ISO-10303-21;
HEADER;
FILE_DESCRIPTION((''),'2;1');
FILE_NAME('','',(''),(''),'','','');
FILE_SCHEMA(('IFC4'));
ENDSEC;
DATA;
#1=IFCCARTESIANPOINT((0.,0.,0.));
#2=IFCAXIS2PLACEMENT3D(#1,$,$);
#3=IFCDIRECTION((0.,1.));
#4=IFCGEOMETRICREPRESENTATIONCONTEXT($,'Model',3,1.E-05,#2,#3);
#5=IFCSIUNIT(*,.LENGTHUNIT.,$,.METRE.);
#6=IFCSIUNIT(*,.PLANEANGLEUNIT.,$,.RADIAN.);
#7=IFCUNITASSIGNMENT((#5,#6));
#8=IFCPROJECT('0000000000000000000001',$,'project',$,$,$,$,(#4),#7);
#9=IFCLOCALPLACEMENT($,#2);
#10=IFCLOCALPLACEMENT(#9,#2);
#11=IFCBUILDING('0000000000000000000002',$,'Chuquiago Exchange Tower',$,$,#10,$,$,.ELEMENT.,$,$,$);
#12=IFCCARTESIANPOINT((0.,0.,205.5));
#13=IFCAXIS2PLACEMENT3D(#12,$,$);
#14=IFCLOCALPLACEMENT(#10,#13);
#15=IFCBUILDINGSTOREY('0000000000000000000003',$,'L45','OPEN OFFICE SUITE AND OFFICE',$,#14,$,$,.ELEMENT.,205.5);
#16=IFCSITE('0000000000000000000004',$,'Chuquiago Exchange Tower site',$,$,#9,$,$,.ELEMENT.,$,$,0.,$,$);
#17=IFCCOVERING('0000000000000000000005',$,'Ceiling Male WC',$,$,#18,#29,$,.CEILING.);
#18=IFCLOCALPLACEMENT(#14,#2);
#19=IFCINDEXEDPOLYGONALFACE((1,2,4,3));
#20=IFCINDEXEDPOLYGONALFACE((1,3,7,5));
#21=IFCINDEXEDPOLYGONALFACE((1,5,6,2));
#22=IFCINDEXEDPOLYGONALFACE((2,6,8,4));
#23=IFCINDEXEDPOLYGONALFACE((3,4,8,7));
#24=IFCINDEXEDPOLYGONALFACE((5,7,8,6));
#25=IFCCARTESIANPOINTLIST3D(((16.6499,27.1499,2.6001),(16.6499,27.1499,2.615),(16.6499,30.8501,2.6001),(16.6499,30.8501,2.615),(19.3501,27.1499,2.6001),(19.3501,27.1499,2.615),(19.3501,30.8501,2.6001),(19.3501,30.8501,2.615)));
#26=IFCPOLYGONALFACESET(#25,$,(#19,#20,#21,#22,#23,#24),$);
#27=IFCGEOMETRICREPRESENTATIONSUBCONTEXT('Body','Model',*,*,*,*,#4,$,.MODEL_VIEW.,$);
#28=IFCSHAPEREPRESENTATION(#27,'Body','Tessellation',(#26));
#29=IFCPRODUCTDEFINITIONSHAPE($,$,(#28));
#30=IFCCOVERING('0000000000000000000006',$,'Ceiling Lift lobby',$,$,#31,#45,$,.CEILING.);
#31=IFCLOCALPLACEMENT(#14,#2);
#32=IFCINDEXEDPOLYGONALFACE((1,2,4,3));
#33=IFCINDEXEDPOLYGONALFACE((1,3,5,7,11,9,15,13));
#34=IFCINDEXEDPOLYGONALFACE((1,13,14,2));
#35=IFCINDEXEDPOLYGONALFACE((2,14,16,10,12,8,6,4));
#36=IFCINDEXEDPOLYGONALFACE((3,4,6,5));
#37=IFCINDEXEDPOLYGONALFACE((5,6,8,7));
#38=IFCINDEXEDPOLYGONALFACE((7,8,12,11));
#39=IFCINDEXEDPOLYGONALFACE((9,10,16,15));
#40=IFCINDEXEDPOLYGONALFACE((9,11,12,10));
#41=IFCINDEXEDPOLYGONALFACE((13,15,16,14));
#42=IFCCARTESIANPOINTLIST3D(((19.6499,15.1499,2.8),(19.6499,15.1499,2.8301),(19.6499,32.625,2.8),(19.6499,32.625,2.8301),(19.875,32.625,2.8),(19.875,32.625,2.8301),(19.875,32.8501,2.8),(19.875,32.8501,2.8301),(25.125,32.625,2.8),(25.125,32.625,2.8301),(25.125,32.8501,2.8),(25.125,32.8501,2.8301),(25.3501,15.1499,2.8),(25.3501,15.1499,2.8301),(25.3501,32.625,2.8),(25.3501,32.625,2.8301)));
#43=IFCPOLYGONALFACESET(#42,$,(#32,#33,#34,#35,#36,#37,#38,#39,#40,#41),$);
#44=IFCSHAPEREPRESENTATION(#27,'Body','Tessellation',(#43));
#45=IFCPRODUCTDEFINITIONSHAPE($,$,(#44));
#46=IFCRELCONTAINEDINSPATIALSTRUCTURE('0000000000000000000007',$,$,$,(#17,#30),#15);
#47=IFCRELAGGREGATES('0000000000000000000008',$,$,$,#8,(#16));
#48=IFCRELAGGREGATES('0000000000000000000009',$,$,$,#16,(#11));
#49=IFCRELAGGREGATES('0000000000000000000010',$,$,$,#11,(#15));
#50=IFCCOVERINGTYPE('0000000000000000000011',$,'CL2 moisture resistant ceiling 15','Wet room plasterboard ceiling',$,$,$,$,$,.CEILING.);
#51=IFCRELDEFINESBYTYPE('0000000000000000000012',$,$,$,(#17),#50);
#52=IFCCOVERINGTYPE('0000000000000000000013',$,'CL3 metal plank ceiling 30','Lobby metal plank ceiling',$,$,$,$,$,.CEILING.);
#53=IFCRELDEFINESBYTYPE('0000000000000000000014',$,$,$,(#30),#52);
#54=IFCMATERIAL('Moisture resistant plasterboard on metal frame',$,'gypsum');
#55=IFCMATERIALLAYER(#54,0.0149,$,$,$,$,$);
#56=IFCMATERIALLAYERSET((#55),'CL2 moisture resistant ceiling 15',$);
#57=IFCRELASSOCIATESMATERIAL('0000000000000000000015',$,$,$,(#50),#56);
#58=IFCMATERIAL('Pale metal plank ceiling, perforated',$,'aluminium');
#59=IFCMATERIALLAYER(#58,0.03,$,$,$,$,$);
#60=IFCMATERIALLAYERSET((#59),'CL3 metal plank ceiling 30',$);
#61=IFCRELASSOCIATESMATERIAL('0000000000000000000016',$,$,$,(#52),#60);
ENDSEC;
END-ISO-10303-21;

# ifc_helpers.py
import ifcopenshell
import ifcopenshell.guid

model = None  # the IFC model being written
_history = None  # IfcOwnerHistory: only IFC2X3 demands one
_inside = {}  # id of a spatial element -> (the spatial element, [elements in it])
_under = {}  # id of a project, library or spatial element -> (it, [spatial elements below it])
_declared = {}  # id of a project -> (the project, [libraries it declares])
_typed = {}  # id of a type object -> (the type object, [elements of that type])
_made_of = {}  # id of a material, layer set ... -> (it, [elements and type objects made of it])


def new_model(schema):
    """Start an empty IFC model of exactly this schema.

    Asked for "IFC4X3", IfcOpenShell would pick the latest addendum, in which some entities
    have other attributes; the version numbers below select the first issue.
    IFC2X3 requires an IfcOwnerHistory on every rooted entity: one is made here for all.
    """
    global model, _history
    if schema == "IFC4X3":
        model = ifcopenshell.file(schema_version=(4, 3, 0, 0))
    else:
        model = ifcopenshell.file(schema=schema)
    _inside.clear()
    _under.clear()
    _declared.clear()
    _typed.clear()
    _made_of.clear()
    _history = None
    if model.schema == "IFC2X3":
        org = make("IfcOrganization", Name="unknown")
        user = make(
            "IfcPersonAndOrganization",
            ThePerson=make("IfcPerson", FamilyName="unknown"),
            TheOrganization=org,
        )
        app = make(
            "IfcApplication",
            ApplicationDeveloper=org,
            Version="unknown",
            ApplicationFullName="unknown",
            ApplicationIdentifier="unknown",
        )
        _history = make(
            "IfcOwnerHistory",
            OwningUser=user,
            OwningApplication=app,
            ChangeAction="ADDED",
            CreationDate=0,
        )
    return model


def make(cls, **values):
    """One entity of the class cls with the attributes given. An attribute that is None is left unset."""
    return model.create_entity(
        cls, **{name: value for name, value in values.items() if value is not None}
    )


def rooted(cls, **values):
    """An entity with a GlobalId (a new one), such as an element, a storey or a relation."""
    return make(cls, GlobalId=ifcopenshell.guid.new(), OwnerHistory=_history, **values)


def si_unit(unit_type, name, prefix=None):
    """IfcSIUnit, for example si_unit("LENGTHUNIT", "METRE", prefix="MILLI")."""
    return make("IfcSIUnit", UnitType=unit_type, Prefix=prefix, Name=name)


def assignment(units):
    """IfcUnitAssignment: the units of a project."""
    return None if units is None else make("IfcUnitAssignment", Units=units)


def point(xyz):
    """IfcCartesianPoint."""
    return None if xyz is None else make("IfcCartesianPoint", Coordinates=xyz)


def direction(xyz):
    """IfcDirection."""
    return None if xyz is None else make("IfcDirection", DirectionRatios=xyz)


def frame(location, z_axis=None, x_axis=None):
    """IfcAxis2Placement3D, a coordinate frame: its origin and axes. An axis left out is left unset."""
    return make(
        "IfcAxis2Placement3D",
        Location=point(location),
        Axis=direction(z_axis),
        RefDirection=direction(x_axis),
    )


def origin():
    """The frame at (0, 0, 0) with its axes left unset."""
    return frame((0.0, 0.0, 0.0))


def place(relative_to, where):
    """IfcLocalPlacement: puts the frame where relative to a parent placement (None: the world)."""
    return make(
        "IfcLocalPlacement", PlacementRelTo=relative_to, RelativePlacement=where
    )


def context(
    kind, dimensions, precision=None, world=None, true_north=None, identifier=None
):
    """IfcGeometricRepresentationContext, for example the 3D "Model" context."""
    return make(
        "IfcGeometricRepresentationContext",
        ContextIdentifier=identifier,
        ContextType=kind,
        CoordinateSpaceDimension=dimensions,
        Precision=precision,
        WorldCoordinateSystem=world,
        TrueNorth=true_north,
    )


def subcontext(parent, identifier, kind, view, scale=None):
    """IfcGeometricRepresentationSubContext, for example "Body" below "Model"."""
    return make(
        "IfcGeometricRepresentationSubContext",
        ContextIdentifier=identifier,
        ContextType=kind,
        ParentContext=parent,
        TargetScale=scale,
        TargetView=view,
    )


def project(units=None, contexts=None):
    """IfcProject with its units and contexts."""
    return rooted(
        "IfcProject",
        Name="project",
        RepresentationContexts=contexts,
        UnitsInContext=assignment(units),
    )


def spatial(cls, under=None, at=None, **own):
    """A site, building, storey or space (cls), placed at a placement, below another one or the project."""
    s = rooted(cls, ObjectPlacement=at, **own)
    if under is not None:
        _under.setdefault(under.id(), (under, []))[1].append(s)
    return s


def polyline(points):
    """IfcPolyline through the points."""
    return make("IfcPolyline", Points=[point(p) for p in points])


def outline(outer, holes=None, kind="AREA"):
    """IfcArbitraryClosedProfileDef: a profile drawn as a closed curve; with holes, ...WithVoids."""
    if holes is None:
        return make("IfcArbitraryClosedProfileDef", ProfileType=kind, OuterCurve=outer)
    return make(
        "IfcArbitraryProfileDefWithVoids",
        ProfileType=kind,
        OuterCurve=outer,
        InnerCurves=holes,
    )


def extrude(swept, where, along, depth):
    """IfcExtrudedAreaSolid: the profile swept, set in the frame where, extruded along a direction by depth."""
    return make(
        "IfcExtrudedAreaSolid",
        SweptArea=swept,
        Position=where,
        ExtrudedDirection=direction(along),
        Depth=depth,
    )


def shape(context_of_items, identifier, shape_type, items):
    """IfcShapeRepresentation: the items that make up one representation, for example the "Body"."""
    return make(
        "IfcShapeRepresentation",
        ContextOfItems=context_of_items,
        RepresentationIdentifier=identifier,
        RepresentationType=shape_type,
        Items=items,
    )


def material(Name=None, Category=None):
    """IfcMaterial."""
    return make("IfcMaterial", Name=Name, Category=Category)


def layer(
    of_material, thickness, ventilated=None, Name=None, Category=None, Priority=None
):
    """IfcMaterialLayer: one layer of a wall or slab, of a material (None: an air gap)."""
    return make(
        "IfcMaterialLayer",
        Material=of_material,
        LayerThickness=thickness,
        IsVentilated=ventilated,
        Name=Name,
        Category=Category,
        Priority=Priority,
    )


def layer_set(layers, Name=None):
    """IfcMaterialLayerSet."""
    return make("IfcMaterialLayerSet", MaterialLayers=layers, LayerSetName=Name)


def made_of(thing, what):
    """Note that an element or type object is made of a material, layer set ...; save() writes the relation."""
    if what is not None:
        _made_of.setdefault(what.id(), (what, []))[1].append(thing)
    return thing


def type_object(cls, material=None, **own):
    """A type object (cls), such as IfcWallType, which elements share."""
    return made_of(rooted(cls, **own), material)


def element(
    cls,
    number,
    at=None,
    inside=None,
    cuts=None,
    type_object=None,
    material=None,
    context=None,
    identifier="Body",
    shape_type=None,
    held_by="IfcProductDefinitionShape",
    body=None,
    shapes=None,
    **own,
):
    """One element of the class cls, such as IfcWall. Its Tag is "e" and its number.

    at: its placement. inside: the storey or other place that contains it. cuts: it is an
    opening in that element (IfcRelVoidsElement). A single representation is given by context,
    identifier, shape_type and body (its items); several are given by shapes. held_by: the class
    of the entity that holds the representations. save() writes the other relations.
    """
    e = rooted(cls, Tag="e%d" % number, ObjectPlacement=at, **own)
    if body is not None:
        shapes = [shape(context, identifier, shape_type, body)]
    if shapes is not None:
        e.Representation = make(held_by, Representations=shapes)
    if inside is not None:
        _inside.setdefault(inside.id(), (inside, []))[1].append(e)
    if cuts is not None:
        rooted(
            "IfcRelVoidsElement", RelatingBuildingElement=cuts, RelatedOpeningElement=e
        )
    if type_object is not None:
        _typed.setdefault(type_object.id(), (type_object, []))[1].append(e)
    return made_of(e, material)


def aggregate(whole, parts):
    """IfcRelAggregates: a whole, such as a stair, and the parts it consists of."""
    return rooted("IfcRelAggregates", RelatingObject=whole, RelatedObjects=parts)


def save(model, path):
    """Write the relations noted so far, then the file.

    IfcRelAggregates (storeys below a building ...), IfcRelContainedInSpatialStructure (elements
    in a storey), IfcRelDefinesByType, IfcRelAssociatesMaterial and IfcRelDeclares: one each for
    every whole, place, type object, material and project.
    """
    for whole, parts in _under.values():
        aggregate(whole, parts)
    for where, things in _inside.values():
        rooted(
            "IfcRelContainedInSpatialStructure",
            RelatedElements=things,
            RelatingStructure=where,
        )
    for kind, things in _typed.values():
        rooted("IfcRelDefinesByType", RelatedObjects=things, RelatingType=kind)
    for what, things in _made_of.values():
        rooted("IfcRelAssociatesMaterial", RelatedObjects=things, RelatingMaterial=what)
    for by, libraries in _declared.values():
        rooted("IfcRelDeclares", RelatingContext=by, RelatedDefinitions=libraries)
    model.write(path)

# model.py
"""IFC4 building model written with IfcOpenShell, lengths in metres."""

from ifc_helpers import new_model, si_unit, direction, frame, origin, place, context, subcontext, project, spatial, polyline, outline, extrude, material, layer, layer_set, type_object, element, save


model = new_model("IFC4")

# Units and contexts
model_context = context("Model", 3, precision=1e-05, world=origin(), true_north=direction((0.0, 1.0)))
body_context = subcontext(model_context, "Body", "Model", "MODEL_VIEW")
ifc_project = project(units=[si_unit("LENGTHUNIT", "METRE"), si_unit("PLANEANGLEUNIT", "RADIAN")], contexts=[model_context])

# Site, building, storey
site_placement = place(None, origin())
site = spatial("IfcSite", under=ifc_project, at=site_placement, Name="Chuquiago Exchange Tower site", CompositionType="ELEMENT", RefElevation=0.0)
building_placement = place(site_placement, origin())
building = spatial("IfcBuilding", under=site, at=building_placement, Name="Chuquiago Exchange Tower", CompositionType="ELEMENT")
storey_placement = place(building_placement, frame((0.0, 0.0, 205.5)))
storey = spatial("IfcBuildingStorey", under=building, at=storey_placement, Name="L45", Description="OPEN OFFICE SUITE AND OFFICE", CompositionType="ELEMENT", Elevation=205.5)

# Coverings
ifc_material_1 = material(Name="Moisture resistant plasterboard on metal frame", Category="gypsum")
ifc_layer_1 = layer(ifc_material_1, 0.0149)
ifc_layer_set_1 = layer_set([ifc_layer_1], Name="CL2 moisture resistant ceiling 15")
covering_type_1 = type_object("IfcCoveringType", Name="CL2 moisture resistant ceiling 15", Description="Wet room plasterboard ceiling", PredefinedType="CEILING", material=ifc_layer_set_1)
covering_1_placement = place(storey_placement, frame((0.0, 0.0, 2.6001)))
element("IfcCovering", 1, at=covering_1_placement, inside=storey, type_object=covering_type_1, Name="Ceiling Male WC", PredefinedType="CEILING", context=body_context, shape_type="SweptSolid", body=[
    extrude(outline(polyline([(16.6499, 27.1499), (16.6499, 30.8501), (19.3501, 30.8501), (19.3501, 27.1499), (16.6499, 27.1499)])), origin(), (0.0, 0.0, 1.0), 0.0149),
])
ifc_material_2 = material(Name="Pale metal plank ceiling, perforated", Category="aluminium")
ifc_layer_2 = layer(ifc_material_2, 0.03)
ifc_layer_set_2 = layer_set([ifc_layer_2], Name="CL3 metal plank ceiling 30")
covering_type_2 = type_object("IfcCoveringType", Name="CL3 metal plank ceiling 30", Description="Lobby metal plank ceiling", PredefinedType="CEILING", material=ifc_layer_set_2)
covering_2_placement = place(storey_placement, frame((0.0, 0.0, 2.8)))
element("IfcCovering", 2, at=covering_2_placement, inside=storey, type_object=covering_type_2, Name="Ceiling Lift lobby", PredefinedType="CEILING", context=body_context, shape_type="SweptSolid", body=[
    extrude(outline(polyline([(19.6499, 15.1499), (19.6499, 32.625), (19.875, 32.625), (19.875, 32.8501), (25.125, 32.8501), (25.125, 32.625), (25.3501, 32.625), (25.3501, 15.1499), (19.6499, 15.1499)])), origin(), (0.0, 0.0, 1.0), 0.03),
])

save(model, "model.ifc")
